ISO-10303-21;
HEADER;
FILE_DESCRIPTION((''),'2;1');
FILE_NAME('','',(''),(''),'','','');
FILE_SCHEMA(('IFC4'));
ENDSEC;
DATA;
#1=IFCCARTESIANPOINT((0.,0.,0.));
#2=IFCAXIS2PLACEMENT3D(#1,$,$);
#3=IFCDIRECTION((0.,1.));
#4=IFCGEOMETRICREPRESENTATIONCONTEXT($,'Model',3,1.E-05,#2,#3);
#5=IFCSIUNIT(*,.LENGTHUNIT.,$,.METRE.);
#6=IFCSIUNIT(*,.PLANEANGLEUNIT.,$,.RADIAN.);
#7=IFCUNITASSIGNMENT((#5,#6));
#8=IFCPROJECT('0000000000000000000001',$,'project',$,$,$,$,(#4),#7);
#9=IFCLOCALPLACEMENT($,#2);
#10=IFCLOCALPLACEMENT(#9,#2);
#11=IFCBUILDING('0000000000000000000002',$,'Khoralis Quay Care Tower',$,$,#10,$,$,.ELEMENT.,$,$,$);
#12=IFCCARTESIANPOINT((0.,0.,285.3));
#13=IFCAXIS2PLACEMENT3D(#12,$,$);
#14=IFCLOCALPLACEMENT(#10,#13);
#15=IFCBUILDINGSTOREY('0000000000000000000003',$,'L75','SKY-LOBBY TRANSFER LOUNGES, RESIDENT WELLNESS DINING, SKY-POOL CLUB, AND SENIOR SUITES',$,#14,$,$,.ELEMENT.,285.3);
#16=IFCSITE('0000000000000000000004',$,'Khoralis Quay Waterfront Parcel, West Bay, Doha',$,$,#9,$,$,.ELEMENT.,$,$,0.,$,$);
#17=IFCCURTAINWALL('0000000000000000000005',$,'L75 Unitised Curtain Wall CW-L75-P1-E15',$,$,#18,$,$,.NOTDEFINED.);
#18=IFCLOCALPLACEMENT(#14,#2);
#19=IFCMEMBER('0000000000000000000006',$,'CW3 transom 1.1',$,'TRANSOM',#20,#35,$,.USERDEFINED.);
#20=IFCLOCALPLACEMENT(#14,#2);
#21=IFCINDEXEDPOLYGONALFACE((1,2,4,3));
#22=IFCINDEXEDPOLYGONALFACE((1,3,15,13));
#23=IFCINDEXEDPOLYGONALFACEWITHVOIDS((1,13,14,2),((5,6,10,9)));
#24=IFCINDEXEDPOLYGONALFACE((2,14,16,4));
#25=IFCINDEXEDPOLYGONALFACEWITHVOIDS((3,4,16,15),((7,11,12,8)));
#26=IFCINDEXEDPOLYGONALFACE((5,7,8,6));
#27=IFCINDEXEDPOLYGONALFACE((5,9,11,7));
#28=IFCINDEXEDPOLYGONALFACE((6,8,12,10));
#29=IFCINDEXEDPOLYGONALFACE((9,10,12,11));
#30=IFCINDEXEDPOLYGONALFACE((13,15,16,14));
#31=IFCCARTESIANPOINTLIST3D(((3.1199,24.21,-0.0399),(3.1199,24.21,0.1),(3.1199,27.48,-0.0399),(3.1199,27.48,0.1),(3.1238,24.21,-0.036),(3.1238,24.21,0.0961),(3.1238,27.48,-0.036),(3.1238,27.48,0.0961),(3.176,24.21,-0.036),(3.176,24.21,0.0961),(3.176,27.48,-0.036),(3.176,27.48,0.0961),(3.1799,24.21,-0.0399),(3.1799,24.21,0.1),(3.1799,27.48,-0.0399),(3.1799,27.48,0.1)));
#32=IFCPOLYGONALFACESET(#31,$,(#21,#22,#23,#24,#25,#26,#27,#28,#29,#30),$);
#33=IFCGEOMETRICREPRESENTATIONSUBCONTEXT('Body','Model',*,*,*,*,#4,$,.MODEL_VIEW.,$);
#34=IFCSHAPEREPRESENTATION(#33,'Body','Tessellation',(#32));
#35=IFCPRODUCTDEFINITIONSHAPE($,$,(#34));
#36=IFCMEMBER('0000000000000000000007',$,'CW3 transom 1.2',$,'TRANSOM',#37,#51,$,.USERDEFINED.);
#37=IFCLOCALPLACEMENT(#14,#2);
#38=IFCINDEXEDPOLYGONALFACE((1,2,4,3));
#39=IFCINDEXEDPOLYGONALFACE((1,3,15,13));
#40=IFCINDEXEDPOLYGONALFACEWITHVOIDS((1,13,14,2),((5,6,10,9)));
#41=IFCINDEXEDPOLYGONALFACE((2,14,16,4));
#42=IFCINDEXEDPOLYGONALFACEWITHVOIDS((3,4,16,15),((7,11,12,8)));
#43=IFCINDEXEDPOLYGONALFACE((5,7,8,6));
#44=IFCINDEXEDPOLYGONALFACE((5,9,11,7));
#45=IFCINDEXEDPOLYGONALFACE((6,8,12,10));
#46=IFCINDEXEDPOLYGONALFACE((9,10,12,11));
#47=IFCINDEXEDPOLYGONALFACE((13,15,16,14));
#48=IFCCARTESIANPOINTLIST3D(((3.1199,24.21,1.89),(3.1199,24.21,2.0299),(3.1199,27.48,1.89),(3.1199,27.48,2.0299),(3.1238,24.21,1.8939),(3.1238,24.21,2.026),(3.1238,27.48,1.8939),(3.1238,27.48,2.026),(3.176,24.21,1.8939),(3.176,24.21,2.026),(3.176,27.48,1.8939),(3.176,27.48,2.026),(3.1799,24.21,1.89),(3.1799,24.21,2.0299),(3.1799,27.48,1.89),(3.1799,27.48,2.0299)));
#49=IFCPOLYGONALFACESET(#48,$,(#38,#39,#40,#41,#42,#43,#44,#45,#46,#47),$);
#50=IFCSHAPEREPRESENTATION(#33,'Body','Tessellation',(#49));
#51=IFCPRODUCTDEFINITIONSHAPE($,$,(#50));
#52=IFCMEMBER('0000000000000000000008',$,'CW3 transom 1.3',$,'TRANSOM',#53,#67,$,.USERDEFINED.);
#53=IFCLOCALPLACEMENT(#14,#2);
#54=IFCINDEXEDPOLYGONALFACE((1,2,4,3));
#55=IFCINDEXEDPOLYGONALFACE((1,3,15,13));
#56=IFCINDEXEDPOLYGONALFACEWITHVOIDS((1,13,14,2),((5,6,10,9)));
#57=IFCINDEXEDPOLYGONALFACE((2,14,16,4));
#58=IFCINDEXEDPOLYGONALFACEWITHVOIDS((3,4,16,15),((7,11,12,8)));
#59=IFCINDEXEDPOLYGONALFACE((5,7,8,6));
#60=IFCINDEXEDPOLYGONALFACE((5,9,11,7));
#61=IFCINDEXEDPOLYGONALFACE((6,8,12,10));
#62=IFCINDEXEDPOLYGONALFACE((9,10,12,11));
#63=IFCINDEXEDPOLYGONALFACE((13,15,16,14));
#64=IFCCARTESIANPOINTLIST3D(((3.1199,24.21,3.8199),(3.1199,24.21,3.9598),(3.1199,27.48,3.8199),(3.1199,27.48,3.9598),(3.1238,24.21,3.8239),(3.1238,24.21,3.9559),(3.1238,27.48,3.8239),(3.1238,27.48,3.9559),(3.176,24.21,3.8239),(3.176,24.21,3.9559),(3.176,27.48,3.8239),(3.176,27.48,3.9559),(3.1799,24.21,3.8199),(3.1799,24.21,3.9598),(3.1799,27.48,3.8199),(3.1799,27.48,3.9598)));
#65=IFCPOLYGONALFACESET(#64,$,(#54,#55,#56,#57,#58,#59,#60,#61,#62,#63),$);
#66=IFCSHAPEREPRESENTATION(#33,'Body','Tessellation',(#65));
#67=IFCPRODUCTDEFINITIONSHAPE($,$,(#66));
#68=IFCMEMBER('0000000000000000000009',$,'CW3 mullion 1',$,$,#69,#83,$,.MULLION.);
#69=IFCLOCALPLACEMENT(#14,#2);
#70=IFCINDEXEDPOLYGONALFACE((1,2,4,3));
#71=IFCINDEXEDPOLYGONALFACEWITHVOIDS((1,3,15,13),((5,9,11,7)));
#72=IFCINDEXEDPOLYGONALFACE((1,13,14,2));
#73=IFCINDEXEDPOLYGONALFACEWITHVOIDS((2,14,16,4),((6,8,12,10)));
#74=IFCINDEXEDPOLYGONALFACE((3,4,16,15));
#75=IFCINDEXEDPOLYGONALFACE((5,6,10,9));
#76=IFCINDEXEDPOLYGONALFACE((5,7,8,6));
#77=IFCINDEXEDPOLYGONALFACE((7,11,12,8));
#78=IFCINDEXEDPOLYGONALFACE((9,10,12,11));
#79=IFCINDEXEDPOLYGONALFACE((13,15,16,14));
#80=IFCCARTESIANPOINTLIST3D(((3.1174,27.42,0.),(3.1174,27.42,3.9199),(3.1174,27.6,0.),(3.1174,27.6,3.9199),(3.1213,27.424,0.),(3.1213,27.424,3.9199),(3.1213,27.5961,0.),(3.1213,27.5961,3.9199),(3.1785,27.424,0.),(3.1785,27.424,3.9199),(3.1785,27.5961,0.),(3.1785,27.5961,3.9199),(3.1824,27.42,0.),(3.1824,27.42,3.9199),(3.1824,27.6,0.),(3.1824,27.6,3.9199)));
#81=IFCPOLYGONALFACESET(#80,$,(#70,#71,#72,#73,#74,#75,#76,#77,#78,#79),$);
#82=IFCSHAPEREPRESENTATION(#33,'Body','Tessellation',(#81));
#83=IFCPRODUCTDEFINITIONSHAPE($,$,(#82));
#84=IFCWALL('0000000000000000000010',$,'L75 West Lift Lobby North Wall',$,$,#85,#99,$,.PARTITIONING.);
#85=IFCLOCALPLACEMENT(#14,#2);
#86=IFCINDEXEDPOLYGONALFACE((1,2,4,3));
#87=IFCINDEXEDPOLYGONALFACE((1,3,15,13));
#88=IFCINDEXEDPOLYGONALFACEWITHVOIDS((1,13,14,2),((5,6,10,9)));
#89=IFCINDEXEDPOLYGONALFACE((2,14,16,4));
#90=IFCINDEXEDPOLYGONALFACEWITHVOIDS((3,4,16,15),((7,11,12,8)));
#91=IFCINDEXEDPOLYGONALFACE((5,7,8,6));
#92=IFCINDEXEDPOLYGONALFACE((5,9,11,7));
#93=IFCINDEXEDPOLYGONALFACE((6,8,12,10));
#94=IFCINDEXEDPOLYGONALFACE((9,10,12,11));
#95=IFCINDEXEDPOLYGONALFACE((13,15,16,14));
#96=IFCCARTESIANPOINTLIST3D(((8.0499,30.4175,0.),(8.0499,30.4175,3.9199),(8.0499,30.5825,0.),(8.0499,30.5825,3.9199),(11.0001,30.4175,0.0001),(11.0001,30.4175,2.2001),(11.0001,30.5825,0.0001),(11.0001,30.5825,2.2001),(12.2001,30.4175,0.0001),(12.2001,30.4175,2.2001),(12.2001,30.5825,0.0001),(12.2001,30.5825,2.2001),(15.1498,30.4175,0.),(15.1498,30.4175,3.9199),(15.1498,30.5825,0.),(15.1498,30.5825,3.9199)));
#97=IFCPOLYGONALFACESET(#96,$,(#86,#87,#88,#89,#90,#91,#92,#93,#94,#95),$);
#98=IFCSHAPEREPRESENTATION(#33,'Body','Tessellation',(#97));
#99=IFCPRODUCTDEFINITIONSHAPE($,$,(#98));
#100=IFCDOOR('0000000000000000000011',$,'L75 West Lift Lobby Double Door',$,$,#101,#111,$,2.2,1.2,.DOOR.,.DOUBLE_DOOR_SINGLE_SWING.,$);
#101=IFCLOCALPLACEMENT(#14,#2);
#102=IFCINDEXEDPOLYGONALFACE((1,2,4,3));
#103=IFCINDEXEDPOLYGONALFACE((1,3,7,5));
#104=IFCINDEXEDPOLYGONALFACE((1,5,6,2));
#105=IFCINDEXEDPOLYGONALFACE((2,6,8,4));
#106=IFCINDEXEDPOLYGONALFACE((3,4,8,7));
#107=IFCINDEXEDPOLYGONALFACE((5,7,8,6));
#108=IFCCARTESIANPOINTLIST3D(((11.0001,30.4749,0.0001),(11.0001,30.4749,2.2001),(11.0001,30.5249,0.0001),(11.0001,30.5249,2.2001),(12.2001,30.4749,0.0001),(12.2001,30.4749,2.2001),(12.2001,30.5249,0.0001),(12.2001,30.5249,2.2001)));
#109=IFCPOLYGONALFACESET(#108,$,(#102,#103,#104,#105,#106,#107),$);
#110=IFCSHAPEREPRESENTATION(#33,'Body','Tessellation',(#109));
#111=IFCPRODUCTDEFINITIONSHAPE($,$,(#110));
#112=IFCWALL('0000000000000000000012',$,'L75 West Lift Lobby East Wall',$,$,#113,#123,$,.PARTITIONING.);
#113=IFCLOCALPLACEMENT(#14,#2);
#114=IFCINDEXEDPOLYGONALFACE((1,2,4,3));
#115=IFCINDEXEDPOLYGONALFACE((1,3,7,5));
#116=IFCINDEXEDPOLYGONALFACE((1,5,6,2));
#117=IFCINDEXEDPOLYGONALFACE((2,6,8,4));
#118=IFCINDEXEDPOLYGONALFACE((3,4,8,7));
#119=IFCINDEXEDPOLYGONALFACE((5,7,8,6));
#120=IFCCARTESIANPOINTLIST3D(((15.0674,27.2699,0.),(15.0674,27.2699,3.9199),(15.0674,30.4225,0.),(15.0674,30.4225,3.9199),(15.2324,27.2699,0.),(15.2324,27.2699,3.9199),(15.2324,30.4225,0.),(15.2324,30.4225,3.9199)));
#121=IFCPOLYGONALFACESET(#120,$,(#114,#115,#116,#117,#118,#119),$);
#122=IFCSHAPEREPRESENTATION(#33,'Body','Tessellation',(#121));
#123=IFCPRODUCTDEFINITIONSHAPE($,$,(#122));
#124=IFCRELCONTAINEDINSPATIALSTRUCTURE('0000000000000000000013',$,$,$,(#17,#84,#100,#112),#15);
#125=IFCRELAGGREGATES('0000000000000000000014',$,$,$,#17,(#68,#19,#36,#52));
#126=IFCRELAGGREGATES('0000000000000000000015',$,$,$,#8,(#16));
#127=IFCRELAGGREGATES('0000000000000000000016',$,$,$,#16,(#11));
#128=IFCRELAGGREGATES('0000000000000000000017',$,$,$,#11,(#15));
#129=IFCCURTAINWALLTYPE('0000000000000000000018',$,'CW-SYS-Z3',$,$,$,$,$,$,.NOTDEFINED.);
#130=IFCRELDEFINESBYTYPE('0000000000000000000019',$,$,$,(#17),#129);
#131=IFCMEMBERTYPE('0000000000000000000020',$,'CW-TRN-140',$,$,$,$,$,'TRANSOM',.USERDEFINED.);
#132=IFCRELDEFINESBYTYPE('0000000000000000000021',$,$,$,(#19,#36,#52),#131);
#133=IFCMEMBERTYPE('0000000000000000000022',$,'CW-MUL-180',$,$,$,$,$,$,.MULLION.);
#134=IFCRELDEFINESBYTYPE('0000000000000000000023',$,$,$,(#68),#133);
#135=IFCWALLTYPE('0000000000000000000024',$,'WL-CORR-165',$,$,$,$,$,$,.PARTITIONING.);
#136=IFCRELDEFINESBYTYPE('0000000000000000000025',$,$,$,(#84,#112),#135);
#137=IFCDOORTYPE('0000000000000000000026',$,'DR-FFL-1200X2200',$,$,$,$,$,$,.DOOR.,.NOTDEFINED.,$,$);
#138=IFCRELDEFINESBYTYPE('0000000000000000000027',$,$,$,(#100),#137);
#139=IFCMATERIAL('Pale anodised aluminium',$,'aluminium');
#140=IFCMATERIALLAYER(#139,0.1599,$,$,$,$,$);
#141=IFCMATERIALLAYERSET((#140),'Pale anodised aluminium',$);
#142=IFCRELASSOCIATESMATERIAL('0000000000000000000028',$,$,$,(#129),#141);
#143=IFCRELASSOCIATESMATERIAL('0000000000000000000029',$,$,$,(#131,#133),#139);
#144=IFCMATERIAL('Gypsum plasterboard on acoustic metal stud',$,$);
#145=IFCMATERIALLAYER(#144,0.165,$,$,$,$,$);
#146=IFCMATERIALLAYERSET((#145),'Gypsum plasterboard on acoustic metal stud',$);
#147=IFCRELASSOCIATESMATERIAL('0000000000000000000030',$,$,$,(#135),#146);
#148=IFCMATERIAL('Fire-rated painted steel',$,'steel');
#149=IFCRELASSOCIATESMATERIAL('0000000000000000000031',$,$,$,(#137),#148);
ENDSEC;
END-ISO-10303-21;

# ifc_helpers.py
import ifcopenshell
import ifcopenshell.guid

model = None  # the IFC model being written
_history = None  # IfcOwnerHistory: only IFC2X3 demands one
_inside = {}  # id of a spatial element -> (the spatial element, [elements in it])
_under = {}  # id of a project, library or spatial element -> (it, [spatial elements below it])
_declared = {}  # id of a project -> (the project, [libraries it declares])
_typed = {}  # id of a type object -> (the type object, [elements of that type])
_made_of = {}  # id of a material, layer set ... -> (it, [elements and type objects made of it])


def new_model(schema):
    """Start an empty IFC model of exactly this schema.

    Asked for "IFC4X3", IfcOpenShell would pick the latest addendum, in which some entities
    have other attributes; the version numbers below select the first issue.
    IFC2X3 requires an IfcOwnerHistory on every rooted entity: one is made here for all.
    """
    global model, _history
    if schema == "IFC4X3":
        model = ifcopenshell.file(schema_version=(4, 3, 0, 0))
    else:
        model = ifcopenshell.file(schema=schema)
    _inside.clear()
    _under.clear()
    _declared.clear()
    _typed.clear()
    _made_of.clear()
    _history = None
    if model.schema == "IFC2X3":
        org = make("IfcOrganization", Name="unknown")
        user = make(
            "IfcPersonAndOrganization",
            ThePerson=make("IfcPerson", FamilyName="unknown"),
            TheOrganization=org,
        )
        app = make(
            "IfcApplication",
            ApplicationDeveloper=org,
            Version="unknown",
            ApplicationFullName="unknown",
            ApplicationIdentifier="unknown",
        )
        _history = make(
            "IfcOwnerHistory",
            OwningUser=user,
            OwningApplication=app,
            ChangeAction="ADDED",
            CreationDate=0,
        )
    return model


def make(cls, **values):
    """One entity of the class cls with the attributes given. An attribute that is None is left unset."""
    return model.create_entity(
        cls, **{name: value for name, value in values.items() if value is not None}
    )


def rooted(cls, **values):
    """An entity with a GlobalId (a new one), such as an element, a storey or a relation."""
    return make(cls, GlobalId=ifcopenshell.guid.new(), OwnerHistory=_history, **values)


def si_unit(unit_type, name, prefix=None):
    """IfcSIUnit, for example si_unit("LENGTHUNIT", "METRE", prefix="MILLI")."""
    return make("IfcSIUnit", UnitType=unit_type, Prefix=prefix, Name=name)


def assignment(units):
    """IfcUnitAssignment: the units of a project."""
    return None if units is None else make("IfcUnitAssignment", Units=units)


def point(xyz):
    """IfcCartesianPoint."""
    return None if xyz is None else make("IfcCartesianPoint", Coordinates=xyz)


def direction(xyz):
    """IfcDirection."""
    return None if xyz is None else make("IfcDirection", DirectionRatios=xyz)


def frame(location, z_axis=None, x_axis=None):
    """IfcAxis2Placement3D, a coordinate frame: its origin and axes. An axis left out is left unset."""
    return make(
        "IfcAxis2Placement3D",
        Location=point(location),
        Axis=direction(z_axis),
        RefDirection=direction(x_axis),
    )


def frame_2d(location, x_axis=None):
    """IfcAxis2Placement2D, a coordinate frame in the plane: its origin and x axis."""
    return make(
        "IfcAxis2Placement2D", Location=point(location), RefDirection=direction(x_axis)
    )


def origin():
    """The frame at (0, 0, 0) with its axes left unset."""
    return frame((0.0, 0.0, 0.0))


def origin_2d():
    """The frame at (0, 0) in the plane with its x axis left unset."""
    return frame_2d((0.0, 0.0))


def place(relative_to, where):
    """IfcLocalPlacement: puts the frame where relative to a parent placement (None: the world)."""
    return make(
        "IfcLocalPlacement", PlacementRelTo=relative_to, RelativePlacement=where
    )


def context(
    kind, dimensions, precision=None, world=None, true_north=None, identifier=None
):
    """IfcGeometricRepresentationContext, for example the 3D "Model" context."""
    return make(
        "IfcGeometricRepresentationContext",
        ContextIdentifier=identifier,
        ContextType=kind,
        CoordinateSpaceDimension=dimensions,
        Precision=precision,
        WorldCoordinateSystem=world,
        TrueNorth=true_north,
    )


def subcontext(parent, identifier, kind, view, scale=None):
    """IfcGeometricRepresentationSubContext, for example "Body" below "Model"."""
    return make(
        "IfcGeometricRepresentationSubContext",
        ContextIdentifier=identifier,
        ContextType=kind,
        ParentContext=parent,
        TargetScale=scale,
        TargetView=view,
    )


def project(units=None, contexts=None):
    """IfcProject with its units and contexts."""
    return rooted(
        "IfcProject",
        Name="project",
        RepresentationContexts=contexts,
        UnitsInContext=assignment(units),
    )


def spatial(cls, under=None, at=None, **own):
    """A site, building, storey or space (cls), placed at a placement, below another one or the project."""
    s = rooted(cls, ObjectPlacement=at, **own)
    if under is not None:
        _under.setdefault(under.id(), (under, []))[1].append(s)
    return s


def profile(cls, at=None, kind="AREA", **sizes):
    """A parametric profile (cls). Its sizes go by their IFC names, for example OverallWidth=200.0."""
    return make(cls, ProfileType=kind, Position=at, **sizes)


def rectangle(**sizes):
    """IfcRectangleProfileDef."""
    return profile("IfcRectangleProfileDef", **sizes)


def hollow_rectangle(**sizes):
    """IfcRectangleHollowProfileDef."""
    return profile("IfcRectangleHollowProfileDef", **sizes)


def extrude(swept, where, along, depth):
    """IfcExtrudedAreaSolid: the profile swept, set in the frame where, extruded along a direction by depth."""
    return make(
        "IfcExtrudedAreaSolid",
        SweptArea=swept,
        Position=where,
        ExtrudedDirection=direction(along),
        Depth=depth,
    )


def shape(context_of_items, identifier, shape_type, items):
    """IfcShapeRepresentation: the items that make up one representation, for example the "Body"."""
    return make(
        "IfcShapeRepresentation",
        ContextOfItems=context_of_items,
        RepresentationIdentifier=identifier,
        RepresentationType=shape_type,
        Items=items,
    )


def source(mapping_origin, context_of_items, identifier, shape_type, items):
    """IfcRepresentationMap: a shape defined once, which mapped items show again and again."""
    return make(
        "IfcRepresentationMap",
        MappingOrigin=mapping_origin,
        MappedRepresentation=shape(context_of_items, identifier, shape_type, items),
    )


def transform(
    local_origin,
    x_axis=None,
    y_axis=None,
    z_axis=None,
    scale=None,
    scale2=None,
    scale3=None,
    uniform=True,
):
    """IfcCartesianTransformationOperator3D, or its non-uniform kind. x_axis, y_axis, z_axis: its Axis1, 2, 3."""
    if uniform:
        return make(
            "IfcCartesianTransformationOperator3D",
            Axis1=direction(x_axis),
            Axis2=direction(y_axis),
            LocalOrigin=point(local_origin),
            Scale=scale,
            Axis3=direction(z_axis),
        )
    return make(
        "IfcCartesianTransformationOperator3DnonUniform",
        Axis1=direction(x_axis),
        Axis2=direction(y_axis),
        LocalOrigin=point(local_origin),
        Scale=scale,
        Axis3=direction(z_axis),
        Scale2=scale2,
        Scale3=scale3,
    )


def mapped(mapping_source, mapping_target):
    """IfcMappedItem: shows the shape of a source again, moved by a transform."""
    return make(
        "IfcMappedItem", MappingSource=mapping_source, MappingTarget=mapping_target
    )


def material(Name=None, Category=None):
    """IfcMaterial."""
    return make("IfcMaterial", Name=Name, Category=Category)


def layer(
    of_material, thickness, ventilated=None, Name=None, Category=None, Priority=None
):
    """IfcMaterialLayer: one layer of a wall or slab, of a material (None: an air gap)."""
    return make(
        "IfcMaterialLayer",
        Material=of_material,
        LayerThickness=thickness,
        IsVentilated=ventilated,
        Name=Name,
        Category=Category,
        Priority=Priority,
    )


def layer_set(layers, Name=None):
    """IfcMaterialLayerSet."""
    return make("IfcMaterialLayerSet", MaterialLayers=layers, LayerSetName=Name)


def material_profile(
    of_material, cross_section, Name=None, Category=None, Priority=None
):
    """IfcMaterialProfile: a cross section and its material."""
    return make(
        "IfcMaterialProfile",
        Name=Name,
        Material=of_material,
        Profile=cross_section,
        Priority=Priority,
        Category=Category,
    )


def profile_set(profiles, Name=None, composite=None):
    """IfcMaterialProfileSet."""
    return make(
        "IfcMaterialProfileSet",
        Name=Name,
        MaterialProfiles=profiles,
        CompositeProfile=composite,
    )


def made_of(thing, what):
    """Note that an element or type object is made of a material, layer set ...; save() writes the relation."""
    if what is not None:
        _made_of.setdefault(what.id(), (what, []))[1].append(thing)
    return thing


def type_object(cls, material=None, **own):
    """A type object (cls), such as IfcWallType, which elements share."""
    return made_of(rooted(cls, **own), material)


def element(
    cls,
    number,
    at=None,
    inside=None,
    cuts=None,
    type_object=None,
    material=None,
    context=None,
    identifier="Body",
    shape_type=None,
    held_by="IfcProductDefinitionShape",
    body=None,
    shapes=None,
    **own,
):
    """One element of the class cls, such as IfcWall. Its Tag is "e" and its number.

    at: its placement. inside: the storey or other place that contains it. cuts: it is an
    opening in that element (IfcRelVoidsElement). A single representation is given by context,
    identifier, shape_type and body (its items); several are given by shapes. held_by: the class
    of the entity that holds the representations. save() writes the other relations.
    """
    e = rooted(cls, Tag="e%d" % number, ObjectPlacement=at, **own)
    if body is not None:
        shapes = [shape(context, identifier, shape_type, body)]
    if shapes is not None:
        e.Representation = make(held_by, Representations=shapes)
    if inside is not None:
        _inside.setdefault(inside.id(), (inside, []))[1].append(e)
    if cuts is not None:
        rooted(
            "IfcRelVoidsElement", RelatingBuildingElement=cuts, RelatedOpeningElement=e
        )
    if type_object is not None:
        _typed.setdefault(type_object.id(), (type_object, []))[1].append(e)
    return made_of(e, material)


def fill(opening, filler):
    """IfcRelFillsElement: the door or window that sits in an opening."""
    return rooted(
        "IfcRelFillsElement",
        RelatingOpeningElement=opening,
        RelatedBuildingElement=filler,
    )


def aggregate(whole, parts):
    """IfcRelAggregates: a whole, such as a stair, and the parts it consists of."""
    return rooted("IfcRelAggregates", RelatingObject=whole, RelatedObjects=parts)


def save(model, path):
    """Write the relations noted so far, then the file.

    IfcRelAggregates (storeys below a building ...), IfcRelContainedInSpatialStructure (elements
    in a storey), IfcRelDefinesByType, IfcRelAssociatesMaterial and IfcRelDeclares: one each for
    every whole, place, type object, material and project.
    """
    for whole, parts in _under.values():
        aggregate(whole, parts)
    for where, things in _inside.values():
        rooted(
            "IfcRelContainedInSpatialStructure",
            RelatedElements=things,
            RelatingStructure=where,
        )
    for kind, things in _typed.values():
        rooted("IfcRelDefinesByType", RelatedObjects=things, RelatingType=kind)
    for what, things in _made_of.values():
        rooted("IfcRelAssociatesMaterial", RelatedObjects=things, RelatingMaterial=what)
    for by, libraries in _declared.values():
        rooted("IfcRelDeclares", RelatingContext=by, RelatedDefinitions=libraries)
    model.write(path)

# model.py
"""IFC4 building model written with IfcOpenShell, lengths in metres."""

from ifc_helpers import new_model, si_unit, direction, frame, frame_2d, origin, origin_2d, place, context, subcontext, project, spatial, rectangle, hollow_rectangle, extrude, source, transform, mapped, material, layer, layer_set, material_profile, profile_set, type_object, element, fill, aggregate, save


model = new_model("IFC4")

# Units and contexts
model_context = context("Model", 3, precision=1e-05, world=origin(), true_north=direction((0.0, 1.0)))
body_context = subcontext(model_context, "Body", "Model", "MODEL_VIEW")
ifc_project = project(units=[si_unit("LENGTHUNIT", "METRE"), si_unit("PLANEANGLEUNIT", "RADIAN")], contexts=[model_context])

# Site, building, storey
site_placement = place(None, origin())
site = spatial("IfcSite", under=ifc_project, at=site_placement, Name="Khoralis Quay Waterfront Parcel, West Bay, Doha", CompositionType="ELEMENT", RefElevation=0.0)
building_placement = place(site_placement, origin())
building = spatial("IfcBuilding", under=site, at=building_placement, Name="Khoralis Quay Care Tower", CompositionType="ELEMENT")
storey_placement = place(building_placement, frame((0.0, 0.0, 285.3)))
storey = spatial("IfcBuildingStorey", under=building, at=storey_placement, Name="L75", Description="SKY-LOBBY TRANSFER LOUNGES, RESIDENT WELLNESS DINING, SKY-POOL CLUB, AND SENIOR SUITES", CompositionType="ELEMENT", Elevation=285.3)

# Curtain wall, members
ifc_material_1 = material(Name="Pale anodised aluminium", Category="aluminium")
ifc_layer_1 = layer(ifc_material_1, 0.1599)
ifc_layer_set_1 = layer_set([ifc_layer_1], Name="Pale anodised aluminium")
curtain_wall_type = type_object("IfcCurtainWallType", Name="CW-SYS-Z3", PredefinedType="NOTDEFINED", material=ifc_layer_set_1)
curtain_wall_placement = place(storey_placement, origin())
curtain_wall = element("IfcCurtainWall", 1, at=curtain_wall_placement, inside=storey, type_object=curtain_wall_type, Name="L75 Unitised Curtain Wall CW-L75-P1-E15", PredefinedType="NOTDEFINED")
ifc_material_profile_1 = material_profile(ifc_material_1, hollow_rectangle(XDim=0.0601, YDim=0.1399, WallThickness=0.0039, at=origin_2d()), Name="Pale anodised aluminium")
ifc_profile_set_1 = profile_set([ifc_material_profile_1], Name="Pale anodised aluminium")
member_type_1 = type_object("IfcMemberType", Name="CW-TRN-140", ElementType="TRANSOM", PredefinedType="USERDEFINED", material=ifc_profile_set_1)
shared_shape_1 = source(origin(), body_context, "Body", "SweptSolid", [
    extrude(hollow_rectangle(XDim=0.0601, YDim=0.1399, WallThickness=0.0039, at=origin_2d()), origin(), (0.0, 0.0, 1.0), 3.27),
])
member_1_placement = place(storey_placement, frame((3.1499, 27.48, 0.03), z_axis=(0.0, -1.0, 0.0), x_axis=(1.0, 0.0, 0.0)))
member_1 = element("IfcMember", 2, at=member_1_placement, type_object=member_type_1, Name="CW3 transom 1.1", ObjectType="TRANSOM", PredefinedType="USERDEFINED", context=body_context, shape_type="MappedRepresentation", body=[
    mapped(shared_shape_1, transform((0.0, 0.0, 0.0), scale=1.0)),
])
member_2_placement = place(storey_placement, frame((3.1499, 27.48, 1.96), z_axis=(0.0, -1.0, 0.0), x_axis=(1.0, 0.0, 0.0)))
member_2 = element("IfcMember", 3, at=member_2_placement, type_object=member_type_1, Name="CW3 transom 1.2", ObjectType="TRANSOM", PredefinedType="USERDEFINED", context=body_context, shape_type="MappedRepresentation", body=[
    mapped(shared_shape_1, transform((0.0, 0.0, 0.0), scale=1.0)),
])
member_3_placement = place(storey_placement, frame((3.1499, 27.48, 3.8899), z_axis=(0.0, -1.0, 0.0), x_axis=(1.0, 0.0, 0.0)))
member_3 = element("IfcMember", 4, at=member_3_placement, type_object=member_type_1, Name="CW3 transom 1.3", ObjectType="TRANSOM", PredefinedType="USERDEFINED", context=body_context, shape_type="MappedRepresentation", body=[
    mapped(shared_shape_1, transform((0.0, 0.0, 0.0), scale=1.0)),
])
ifc_material_profile_2 = material_profile(ifc_material_1, hollow_rectangle(XDim=0.0649, YDim=0.1799, WallThickness=0.0039, at=origin_2d()), Name="Pale anodised aluminium")
ifc_profile_set_2 = profile_set([ifc_material_profile_2], Name="Pale anodised aluminium")
member_type_2 = type_object("IfcMemberType", Name="CW-MUL-180", PredefinedType="MULLION", material=ifc_profile_set_2)
shared_shape_2 = source(origin(), body_context, "Body", "SweptSolid", [
    extrude(hollow_rectangle(XDim=0.0649, YDim=0.1799, WallThickness=0.0039, at=origin_2d()), origin(), (0.0, 0.0, 1.0), 3.9199),
])
member_4_placement = place(storey_placement, frame((3.1499, 27.51, 0.0), z_axis=(0.0, 0.0, 1.0), x_axis=(1.0, 0.0, 0.0)))
member_4 = element("IfcMember", 5, at=member_4_placement, type_object=member_type_2, Name="CW3 mullion 1", PredefinedType="MULLION", context=body_context, shape_type="MappedRepresentation", body=[
    mapped(shared_shape_2, transform((0.0, 0.0, 0.0), scale=1.0)),
])
aggregate(curtain_wall, [member_4, member_1, member_2, member_3])

# Wall, opening, door
ifc_material_2 = material(Name="Gypsum plasterboard on acoustic metal stud")
ifc_layer_2 = layer(ifc_material_2, 0.165)
ifc_layer_set_2 = layer_set([ifc_layer_2], Name="Gypsum plasterboard on acoustic metal stud")
wall_type_1 = type_object("IfcWallType", Name="WL-CORR-165", PredefinedType="PARTITIONING", material=ifc_layer_set_2)
wall_1_placement = place(storey_placement, frame((8.05, 30.5, 0.0), z_axis=(0.0, 0.0, 1.0), x_axis=(1.0, 0.0, 0.0)))
wall_1 = element("IfcWall", 6, at=wall_1_placement, inside=storey, type_object=wall_type_1, Name="L75 West Lift Lobby North Wall", PredefinedType="PARTITIONING", context=body_context, shape_type="SweptSolid", body=[
    extrude(rectangle(XDim=7.0999, YDim=0.165, at=frame_2d((3.5498, 0.0))), origin(), (0.0, 0.0, 1.0), 3.9199),
])
opening_1_placement = place(wall_1_placement, frame((2.95, 0.0, 0.0)))
opening_1 = element("IfcOpeningElement", 7, at=opening_1_placement, cuts=wall_1, PredefinedType="OPENING", context=body_context, shape_type="SweptSolid", body=[
    extrude(rectangle(XDim=1.2, YDim=2.2, at=frame_2d((0.6001, 1.1001))), frame((0.0, 0.0925, 0.0), z_axis=(0.0, -1.0, 0.0), x_axis=(1.0, 0.0, 0.0)), (0.0, 0.0, 1.0), 0.1851),
])
ifc_material_3 = material(Name="Fire-rated painted steel", Category="steel")
door_type_1 = type_object("IfcDoorType", Name="DR-FFL-1200X2200", OperationType="NOTDEFINED", PredefinedType="DOOR", material=ifc_material_3)
shared_shape_3 = source(origin(), body_context, "Body", "SweptSolid", [
    extrude(rectangle(XDim=1.2, YDim=2.2, at=frame_2d((0.6001, 1.1001))), frame((0.0, 0.0249, 0.0), z_axis=(0.0, -1.0, 0.0), x_axis=(1.0, 0.0, 0.0)), (0.0, 0.0, 1.0), 0.05),
])
door_1_placement = place(opening_1_placement, origin())
door_1 = element("IfcDoor", 8, at=door_1_placement, inside=storey, type_object=door_type_1, Name="L75 West Lift Lobby Double Door", OperationType="DOUBLE_DOOR_SINGLE_SWING", OverallHeight=2.2, OverallWidth=1.2, PredefinedType="DOOR", context=body_context, shape_type="MappedRepresentation", body=[
    mapped(shared_shape_3, transform((0.0, 0.0, 0.0), scale=1.0)),
])
fill(opening_1, door_1)

# Wall
wall_2_placement = place(storey_placement, frame((15.1499, 27.27, 0.0), z_axis=(0.0, 0.0, 1.0), x_axis=(0.0, 1.0, 0.0)))
element("IfcWall", 9, at=wall_2_placement, inside=storey, type_object=wall_type_1, Name="L75 West Lift Lobby East Wall", PredefinedType="PARTITIONING", context=body_context, shape_type="SweptSolid", body=[
    extrude(rectangle(XDim=3.1526, YDim=0.165, at=frame_2d((1.5762, 0.0))), origin(), (0.0, 0.0, 1.0), 3.9199),
])

save(model, "model.ifc")
